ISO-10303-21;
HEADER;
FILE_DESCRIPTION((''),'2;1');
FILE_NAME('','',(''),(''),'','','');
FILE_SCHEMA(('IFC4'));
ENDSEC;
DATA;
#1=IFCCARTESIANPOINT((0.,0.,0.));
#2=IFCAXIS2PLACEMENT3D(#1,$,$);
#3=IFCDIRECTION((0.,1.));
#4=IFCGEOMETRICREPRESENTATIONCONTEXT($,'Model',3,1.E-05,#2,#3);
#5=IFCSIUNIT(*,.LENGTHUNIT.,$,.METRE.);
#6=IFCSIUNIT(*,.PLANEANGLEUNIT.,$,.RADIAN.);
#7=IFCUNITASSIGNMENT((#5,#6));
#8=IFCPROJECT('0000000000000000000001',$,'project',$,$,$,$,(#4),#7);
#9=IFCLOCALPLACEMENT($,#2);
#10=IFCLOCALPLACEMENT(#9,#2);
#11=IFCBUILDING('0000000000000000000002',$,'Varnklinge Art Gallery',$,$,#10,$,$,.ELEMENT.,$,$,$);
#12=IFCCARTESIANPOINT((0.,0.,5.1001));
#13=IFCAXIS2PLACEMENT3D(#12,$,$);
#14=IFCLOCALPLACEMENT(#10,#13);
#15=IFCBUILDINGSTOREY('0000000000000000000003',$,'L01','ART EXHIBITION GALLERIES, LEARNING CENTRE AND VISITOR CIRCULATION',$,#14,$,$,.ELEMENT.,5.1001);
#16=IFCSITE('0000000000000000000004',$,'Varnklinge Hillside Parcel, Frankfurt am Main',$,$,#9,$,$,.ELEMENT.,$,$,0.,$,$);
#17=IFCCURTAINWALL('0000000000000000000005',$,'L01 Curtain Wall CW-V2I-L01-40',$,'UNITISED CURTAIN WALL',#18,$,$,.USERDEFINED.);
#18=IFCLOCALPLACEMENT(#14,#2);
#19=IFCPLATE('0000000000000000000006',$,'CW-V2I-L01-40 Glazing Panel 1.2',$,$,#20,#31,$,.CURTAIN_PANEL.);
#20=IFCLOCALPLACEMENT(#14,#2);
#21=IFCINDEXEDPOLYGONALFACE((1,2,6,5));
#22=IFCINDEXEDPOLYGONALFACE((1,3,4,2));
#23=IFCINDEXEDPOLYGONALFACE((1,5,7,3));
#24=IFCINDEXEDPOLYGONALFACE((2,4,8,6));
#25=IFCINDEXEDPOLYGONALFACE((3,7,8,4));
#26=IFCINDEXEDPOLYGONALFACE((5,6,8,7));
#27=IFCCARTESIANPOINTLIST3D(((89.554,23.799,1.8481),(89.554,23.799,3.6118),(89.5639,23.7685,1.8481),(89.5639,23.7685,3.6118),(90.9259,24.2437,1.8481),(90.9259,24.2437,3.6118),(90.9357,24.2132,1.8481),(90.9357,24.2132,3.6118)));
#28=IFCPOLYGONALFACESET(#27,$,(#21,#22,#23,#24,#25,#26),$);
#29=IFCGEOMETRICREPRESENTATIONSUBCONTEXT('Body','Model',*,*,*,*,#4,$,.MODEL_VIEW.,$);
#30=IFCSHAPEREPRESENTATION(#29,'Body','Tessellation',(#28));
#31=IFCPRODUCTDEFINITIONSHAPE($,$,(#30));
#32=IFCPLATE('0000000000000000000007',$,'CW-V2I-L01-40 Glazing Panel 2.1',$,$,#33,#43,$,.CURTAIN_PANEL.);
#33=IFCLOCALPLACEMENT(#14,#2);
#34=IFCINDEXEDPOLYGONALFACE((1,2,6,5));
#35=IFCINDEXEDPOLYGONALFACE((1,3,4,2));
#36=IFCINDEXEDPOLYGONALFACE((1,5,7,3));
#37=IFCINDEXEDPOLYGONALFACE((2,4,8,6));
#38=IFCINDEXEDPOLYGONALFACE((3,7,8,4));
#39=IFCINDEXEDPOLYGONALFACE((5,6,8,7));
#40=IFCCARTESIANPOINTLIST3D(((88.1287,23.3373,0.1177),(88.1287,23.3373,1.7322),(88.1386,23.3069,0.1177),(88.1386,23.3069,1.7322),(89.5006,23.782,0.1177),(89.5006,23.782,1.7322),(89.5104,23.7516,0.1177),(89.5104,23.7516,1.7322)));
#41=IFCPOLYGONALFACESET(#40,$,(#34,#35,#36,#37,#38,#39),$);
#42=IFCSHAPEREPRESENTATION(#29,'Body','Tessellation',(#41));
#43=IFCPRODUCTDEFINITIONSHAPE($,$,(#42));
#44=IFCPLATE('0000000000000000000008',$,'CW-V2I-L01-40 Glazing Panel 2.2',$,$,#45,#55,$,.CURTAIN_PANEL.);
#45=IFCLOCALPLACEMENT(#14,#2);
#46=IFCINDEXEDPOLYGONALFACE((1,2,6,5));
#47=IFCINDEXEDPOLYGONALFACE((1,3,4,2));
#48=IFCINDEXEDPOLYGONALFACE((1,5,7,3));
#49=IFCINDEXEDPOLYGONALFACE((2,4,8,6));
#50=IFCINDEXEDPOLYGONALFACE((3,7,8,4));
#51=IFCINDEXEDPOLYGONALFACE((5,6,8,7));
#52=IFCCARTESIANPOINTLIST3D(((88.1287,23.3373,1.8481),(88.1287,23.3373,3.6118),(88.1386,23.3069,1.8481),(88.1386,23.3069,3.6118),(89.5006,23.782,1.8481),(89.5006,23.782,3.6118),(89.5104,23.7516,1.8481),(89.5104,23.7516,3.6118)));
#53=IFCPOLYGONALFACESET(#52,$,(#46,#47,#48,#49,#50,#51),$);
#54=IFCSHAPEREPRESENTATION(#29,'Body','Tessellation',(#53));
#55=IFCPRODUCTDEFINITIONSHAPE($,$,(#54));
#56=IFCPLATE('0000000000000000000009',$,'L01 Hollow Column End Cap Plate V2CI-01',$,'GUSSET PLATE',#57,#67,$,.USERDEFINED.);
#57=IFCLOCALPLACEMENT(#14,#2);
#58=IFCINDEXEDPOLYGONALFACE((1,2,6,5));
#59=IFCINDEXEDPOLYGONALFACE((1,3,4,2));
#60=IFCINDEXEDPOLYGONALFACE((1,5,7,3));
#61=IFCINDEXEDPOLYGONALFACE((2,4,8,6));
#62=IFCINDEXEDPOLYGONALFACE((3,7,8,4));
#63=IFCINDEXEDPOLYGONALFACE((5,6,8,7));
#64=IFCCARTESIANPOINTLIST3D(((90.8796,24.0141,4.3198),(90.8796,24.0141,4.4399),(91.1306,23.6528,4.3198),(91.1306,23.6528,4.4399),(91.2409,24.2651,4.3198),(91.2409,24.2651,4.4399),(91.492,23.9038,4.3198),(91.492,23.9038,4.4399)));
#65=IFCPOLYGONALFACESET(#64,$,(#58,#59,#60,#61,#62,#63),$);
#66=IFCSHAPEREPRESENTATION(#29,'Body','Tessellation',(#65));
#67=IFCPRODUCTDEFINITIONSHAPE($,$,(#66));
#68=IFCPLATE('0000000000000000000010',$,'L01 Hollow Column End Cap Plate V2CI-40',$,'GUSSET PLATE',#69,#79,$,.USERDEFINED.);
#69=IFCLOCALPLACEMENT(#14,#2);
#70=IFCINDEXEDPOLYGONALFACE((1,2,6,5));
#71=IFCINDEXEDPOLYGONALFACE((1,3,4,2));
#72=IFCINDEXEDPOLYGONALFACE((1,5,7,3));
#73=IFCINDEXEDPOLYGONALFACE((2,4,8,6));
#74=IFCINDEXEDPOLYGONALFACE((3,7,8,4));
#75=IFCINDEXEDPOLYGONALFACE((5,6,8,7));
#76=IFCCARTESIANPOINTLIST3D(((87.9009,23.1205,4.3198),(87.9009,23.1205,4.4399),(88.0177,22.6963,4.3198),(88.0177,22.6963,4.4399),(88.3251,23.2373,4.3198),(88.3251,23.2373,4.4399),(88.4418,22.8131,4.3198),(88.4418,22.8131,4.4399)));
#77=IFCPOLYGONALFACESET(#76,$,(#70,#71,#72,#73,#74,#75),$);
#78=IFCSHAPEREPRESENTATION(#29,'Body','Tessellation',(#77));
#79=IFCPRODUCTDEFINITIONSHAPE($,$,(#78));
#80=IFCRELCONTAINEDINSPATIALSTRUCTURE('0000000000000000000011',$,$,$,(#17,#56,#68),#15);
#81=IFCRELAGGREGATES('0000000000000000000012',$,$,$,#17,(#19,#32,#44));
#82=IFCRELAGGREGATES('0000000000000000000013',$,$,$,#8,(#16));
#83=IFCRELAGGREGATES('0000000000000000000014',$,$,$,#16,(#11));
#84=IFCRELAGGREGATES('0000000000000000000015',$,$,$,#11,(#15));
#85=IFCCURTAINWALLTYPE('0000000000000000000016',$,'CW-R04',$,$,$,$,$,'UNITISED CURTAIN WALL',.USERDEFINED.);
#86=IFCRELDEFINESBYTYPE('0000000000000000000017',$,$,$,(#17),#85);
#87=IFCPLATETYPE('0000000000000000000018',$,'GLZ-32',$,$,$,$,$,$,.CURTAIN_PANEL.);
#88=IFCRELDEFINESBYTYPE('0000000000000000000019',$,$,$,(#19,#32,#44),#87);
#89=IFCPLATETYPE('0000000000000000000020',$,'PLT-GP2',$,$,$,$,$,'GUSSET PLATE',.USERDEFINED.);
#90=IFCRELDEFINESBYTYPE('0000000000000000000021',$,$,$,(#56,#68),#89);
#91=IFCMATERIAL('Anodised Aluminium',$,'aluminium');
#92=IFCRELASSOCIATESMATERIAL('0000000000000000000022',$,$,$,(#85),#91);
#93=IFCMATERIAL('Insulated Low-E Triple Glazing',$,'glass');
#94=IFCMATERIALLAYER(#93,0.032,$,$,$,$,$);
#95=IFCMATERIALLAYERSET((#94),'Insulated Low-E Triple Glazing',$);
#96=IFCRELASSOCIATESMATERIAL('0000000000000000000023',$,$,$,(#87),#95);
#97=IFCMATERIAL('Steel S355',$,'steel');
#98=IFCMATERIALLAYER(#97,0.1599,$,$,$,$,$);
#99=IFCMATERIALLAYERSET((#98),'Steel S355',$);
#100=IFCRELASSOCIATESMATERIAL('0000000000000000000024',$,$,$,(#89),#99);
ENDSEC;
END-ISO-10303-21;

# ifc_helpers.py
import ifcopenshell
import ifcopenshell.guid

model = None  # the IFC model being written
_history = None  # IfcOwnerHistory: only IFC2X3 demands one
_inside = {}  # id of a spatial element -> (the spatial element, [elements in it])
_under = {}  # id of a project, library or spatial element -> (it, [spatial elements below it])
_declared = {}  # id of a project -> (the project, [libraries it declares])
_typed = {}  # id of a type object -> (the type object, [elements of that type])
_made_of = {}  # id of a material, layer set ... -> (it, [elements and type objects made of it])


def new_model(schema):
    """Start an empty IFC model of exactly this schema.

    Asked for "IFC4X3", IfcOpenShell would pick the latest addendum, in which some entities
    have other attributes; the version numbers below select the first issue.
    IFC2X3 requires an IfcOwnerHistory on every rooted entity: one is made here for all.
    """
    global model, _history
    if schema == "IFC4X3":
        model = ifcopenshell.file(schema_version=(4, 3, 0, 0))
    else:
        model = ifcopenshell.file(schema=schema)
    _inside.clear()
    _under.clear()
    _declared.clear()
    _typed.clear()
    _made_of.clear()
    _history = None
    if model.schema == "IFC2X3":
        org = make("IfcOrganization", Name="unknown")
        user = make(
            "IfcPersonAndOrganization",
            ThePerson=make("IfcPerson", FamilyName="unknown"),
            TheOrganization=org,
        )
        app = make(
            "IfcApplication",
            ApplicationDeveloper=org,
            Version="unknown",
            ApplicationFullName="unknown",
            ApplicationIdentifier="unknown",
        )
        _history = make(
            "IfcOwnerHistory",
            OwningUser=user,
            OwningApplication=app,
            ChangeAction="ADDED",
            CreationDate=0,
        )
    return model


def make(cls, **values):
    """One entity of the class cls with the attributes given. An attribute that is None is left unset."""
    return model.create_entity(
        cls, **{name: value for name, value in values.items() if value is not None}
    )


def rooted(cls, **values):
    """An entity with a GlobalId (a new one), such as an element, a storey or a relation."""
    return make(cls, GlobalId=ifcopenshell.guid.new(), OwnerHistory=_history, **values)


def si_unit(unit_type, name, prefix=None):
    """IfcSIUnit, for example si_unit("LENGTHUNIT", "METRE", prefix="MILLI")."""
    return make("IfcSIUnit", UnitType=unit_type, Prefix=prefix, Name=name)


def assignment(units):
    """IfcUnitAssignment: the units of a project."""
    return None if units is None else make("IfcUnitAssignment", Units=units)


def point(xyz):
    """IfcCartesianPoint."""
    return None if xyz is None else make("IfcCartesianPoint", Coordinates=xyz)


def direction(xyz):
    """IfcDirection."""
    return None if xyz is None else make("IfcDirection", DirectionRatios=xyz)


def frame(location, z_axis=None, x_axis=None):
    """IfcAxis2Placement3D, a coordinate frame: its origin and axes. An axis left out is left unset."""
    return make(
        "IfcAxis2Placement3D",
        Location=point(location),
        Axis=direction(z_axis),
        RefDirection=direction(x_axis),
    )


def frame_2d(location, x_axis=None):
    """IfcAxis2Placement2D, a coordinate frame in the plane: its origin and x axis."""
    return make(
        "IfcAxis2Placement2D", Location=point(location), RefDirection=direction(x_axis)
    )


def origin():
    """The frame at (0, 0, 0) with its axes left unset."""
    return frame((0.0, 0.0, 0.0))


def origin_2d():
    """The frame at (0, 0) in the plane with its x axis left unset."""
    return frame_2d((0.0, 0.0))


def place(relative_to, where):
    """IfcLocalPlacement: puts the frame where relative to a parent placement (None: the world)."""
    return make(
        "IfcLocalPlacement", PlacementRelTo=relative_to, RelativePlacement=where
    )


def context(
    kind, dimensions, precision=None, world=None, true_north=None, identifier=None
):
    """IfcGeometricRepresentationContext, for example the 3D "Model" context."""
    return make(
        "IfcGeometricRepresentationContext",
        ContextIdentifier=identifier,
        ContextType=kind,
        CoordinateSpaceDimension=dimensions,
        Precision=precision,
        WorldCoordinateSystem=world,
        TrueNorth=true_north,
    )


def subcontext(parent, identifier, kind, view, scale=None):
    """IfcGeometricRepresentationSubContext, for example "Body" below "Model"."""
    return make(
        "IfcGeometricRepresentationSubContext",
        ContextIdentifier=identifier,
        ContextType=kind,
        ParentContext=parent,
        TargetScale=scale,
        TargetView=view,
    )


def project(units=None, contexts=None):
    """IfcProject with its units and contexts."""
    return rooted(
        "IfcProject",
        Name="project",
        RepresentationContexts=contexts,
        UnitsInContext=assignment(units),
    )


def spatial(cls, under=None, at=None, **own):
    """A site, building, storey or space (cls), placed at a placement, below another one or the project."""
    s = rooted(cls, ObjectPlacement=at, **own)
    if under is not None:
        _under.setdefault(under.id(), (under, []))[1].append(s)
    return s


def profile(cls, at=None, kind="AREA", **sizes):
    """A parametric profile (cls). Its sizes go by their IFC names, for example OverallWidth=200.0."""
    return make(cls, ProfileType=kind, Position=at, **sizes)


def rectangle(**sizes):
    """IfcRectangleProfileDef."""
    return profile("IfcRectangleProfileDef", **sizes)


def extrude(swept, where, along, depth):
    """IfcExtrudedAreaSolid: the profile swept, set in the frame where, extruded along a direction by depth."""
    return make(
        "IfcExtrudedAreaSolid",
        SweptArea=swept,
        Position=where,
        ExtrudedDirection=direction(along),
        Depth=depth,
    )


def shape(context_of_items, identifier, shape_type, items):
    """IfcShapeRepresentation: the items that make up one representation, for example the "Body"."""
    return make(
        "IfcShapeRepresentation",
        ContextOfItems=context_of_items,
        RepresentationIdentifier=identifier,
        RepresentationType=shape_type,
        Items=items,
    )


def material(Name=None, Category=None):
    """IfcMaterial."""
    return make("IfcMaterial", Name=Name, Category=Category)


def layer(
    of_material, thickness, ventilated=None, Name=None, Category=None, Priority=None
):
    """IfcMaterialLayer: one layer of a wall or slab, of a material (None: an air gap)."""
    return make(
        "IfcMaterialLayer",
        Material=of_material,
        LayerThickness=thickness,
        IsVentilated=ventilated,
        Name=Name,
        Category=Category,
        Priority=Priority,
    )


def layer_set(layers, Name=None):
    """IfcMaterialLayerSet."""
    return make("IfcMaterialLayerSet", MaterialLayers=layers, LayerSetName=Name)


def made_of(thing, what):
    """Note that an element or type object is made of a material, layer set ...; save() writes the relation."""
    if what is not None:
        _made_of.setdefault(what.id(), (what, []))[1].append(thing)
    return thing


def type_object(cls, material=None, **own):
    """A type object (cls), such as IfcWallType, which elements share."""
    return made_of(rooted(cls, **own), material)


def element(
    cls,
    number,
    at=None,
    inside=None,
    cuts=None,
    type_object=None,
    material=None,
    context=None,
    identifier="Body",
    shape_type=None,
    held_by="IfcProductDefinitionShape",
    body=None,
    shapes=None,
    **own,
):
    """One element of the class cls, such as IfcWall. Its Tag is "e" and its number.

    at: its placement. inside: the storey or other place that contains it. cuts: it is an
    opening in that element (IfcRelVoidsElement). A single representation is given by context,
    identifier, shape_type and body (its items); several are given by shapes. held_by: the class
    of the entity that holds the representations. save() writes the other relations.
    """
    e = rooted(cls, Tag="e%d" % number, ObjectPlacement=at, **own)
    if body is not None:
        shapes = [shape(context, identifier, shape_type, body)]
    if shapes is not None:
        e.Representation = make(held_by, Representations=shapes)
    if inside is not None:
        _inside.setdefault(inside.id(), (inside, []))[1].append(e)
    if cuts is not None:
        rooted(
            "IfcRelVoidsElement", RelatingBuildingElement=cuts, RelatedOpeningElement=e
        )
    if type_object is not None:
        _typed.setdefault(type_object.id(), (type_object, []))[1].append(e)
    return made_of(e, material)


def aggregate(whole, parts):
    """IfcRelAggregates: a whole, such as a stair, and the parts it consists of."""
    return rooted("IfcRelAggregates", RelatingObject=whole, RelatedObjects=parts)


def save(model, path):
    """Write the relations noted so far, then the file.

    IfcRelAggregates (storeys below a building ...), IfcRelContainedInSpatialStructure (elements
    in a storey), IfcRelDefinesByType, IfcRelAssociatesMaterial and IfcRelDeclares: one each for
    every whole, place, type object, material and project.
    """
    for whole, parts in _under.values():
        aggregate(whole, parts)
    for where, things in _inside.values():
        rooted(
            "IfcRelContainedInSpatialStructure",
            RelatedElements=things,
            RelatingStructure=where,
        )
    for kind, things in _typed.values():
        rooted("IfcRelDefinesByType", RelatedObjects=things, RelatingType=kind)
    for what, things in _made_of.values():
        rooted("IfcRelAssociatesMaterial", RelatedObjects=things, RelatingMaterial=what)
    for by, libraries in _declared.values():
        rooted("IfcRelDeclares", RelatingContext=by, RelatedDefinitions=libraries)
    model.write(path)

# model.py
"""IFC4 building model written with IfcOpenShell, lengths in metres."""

from ifc_helpers import new_model, si_unit, direction, frame, origin, origin_2d, place, context, subcontext, project, spatial, rectangle, extrude, material, layer, layer_set, type_object, element, aggregate, save


model = new_model("IFC4")

# Units and contexts
model_context = context("Model", 3, precision=1e-05, world=origin(), true_north=direction((0.0, 1.0)))
body_context = subcontext(model_context, "Body", "Model", "MODEL_VIEW")
ifc_project = project(units=[si_unit("LENGTHUNIT", "METRE"), si_unit("PLANEANGLEUNIT", "RADIAN")], contexts=[model_context])

# Site, building, storey
site_placement = place(None, origin())
site = spatial("IfcSite", under=ifc_project, at=site_placement, Name="Varnklinge Hillside Parcel, Frankfurt am Main", CompositionType="ELEMENT", RefElevation=0.0)
building_placement = place(site_placement, origin())
building = spatial("IfcBuilding", under=site, at=building_placement, Name="Varnklinge Art Gallery", CompositionType="ELEMENT")
storey_placement = place(building_placement, frame((0.0, 0.0, 5.1001)))
storey = spatial("IfcBuildingStorey", under=building, at=storey_placement, Name="L01", Description="ART EXHIBITION GALLERIES, LEARNING CENTRE AND VISITOR CIRCULATION", CompositionType="ELEMENT", Elevation=5.1001)

# Shared definitions
ifc_material_1 = material(Name="Anodised Aluminium", Category="aluminium")
curtain_wall_type = type_object("IfcCurtainWallType", Name="CW-R04", ElementType="UNITISED CURTAIN WALL", PredefinedType="USERDEFINED", material=ifc_material_1)

# Curtain wall
curtain_wall_1_placement = place(storey_placement, origin())
curtain_wall_1 = element("IfcCurtainWall", 1, at=curtain_wall_1_placement, inside=storey, type_object=curtain_wall_type, Name="L01 Curtain Wall CW-V2I-L01-40", ObjectType="UNITISED CURTAIN WALL", PredefinedType="USERDEFINED")

# Plates
ifc_material_2 = material(Name="Insulated Low-E Triple Glazing", Category="glass")
ifc_layer_1 = layer(ifc_material_2, 0.032)
ifc_layer_set_1 = layer_set([ifc_layer_1], Name="Insulated Low-E Triple Glazing")
plate_type_1 = type_object("IfcPlateType", Name="GLZ-32", PredefinedType="CURTAIN_PANEL", material=ifc_layer_set_1)
plate_1_placement = place(storey_placement, frame((90.2449, 24.0061, 1.8481), z_axis=(0.0, 0.0, 1.0), x_axis=(-0.951272, -0.308353, 0.0)))
plate_1 = element("IfcPlate", 2, at=plate_1_placement, type_object=plate_type_1, Name="CW-V2I-L01-40 Glazing Panel 1.2", PredefinedType="CURTAIN_PANEL", context=body_context, shape_type="SweptSolid", body=[
    extrude(rectangle(XDim=1.4421, YDim=0.032, at=origin_2d()), origin(), (0.0, 0.0, 1.0), 1.7637),
])
plate_2_placement = place(storey_placement, frame((88.8196, 23.5444, 0.1177), z_axis=(0.0, 0.0, 1.0), x_axis=(-0.951272, -0.308353, 0.0)))
plate_2 = element("IfcPlate", 3, at=plate_2_placement, type_object=plate_type_1, Name="CW-V2I-L01-40 Glazing Panel 2.1", PredefinedType="CURTAIN_PANEL", context=body_context, shape_type="SweptSolid", body=[
    extrude(rectangle(XDim=1.4421, YDim=0.032, at=origin_2d()), origin(), (0.0, 0.0, 1.0), 1.6145),
])
plate_3_placement = place(storey_placement, frame((88.8196, 23.5444, 1.8481), z_axis=(0.0, 0.0, 1.0), x_axis=(-0.951272, -0.308353, 0.0)))
plate_3 = element("IfcPlate", 4, at=plate_3_placement, type_object=plate_type_1, Name="CW-V2I-L01-40 Glazing Panel 2.2", PredefinedType="CURTAIN_PANEL", context=body_context, shape_type="SweptSolid", body=[
    extrude(rectangle(XDim=1.4421, YDim=0.032, at=origin_2d()), origin(), (0.0, 0.0, 1.0), 1.7637),
])
aggregate(curtain_wall_1, [plate_1, plate_2, plate_3])

# Plates
ifc_material_3 = material(Name="Steel S355", Category="steel")
ifc_layer_2 = layer(ifc_material_3, 0.1599)
ifc_layer_set_2 = layer_set([ifc_layer_2], Name="Steel S355")
plate_type_2 = type_object("IfcPlateType", Name="PLT-GP2", ElementType="GUSSET PLATE", PredefinedType="USERDEFINED", material=ifc_layer_set_2)
for number, where, z_axis, x_axis, name in (
    (5, (91.1858, 23.959, 4.3198), (0.0, 0.0, 1.0), (-0.57057, 0.821249, 0.0), "L01 Hollow Column End Cap Plate V2CI-01"),
    (6, (88.1714, 22.9668, 4.3198), (0.0, 0.0, 1.0), (-0.265388, 0.964142, 0.0), "L01 Hollow Column End Cap Plate V2CI-40"),
):
    element("IfcPlate", number, at=place(storey_placement, frame(where, z_axis=z_axis, x_axis=x_axis)), inside=storey, type_object=plate_type_2, Name=name, ObjectType="GUSSET PLATE", PredefinedType="USERDEFINED", context=body_context, shape_type="SweptSolid", body=[
        extrude(rectangle(XDim=0.4399, YDim=0.4399, at=origin_2d()), origin(), (0.0, 0.0, 1.0), 0.1201),
    ])

save(model, "model.ifc")
